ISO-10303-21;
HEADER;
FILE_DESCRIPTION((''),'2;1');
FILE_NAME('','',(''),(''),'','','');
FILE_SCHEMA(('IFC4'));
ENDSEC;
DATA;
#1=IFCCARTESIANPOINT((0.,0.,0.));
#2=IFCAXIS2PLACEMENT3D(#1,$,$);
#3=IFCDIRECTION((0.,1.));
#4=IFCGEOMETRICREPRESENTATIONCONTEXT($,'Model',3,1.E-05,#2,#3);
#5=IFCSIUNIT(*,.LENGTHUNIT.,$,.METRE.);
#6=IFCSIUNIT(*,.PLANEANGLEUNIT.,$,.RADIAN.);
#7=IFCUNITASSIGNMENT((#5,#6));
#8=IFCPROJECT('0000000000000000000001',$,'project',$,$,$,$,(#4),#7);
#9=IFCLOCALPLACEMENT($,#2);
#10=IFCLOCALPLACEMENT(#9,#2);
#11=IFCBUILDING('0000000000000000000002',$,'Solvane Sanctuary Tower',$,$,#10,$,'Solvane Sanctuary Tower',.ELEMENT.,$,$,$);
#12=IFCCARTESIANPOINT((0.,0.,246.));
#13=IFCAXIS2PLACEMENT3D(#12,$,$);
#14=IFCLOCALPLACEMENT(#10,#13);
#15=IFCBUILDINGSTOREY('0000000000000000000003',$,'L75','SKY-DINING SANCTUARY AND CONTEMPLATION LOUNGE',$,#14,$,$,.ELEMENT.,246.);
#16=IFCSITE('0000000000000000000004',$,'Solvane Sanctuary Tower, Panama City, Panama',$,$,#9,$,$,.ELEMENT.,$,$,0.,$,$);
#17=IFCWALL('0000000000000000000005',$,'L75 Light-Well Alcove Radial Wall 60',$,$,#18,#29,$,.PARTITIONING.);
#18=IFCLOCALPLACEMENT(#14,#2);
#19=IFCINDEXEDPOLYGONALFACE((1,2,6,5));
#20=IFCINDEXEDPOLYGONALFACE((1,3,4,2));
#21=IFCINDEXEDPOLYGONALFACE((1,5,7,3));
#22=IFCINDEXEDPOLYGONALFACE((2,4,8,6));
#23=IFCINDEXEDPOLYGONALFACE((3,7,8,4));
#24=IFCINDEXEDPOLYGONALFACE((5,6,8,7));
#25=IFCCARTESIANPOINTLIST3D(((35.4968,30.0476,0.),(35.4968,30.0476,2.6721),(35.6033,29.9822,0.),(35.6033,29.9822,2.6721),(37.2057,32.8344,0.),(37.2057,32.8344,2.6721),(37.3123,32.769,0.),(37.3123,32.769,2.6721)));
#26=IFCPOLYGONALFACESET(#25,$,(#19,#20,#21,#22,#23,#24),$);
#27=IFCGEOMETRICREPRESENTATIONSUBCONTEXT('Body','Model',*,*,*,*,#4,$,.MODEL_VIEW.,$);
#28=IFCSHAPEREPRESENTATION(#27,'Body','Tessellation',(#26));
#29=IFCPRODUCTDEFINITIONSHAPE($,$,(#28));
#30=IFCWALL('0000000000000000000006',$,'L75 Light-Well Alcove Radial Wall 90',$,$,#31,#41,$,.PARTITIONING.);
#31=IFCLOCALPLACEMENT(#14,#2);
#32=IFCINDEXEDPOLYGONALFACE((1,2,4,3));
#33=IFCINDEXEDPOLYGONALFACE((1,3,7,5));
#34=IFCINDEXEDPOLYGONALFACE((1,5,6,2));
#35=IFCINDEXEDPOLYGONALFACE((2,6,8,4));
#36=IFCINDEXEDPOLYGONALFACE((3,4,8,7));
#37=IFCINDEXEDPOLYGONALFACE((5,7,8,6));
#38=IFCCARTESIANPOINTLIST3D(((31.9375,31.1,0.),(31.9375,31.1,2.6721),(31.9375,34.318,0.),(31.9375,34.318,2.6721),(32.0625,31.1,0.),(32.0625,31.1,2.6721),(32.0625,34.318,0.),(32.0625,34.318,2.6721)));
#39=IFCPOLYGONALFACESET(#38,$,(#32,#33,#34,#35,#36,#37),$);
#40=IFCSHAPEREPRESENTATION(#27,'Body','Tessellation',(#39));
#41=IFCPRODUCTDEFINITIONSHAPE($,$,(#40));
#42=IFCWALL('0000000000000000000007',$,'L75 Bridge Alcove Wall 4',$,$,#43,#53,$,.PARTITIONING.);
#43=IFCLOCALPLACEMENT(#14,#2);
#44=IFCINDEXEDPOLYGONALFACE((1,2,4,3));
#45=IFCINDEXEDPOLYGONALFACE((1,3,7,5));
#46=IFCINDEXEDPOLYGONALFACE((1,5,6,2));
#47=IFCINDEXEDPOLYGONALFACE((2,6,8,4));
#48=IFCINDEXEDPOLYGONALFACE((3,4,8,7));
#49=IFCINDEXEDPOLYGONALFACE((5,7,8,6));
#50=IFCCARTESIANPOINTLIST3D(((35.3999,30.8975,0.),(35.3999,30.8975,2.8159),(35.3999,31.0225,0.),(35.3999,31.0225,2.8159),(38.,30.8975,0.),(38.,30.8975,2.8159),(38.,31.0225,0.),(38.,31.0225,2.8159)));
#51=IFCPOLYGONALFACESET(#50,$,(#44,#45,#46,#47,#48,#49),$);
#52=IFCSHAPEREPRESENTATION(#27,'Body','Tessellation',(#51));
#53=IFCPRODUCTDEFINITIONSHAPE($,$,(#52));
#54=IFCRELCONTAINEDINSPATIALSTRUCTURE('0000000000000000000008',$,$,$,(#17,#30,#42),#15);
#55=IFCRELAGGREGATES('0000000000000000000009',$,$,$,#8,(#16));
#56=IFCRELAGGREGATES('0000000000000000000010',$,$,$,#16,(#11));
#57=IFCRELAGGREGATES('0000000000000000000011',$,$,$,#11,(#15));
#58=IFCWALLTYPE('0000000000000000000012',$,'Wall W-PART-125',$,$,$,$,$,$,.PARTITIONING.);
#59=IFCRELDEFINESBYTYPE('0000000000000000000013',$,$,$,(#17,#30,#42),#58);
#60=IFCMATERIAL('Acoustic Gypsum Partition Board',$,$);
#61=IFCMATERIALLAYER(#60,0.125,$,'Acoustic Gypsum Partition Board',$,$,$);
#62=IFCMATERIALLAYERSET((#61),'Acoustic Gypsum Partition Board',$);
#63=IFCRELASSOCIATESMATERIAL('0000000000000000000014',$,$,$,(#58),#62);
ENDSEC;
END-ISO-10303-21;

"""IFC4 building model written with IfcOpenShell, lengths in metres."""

from ifc_helpers import new_model, si_unit, direction, frame, frame_2d, origin, place, context, subcontext, project, spatial, rectangle, extrude, material, layer, layer_set, type_object, element, save


model = new_model("IFC4")

# Units and contexts
model_context = context("Model", 3, precision=1e-05, world=origin(), true_north=direction((0.0, 1.0)))
body_context = subcontext(model_context, "Body", "Model", "MODEL_VIEW")
ifc_project = project(units=[si_unit("LENGTHUNIT", "METRE"), si_unit("PLANEANGLEUNIT", "RADIAN")], contexts=[model_context])

# Site, building, storey
site_placement = place(None, origin())
site = spatial("IfcSite", under=ifc_project, at=site_placement, Name="Solvane Sanctuary Tower, Panama City, Panama", CompositionType="ELEMENT", RefElevation=0.0)
building_placement = place(site_placement, origin())
building = spatial("IfcBuilding", under=site, at=building_placement, Name="Solvane Sanctuary Tower", LongName="Solvane Sanctuary Tower", CompositionType="ELEMENT")
storey_placement = place(building_placement, frame((0.0, 0.0, 246.0)))
storey = spatial("IfcBuildingStorey", under=building, at=storey_placement, Name="L75", Description="SKY-DINING SANCTUARY AND CONTEMPLATION LOUNGE", CompositionType="ELEMENT", Elevation=246.0)

# Shared definitions
ifc_material_1 = material(Name="Acoustic Gypsum Partition Board")

# Walls
ifc_layer_1 = layer(ifc_material_1, 0.125, Name="Acoustic Gypsum Partition Board")
ifc_layer_set_1 = layer_set([ifc_layer_1], Name="Acoustic Gypsum Partition Board")
wall_type_1 = type_object("IfcWallType", Name="Wall W-PART-125", PredefinedType="PARTITIONING", material=ifc_layer_set_1)
wall_1_placement = place(storey_placement, frame((35.55, 30.0149, 0.0), z_axis=(0.0, 0.0, 1.0), x_axis=(0.522763, 0.852478, 0.0)))
element("IfcWall", 1, at=wall_1_placement, inside=storey, type_object=wall_type_1, Name="L75 Light-Well Alcove Radial Wall 60", PredefinedType="PARTITIONING", context=body_context, shape_type="SweptSolid", body=[
    extrude(rectangle(XDim=3.269, YDim=0.125, at=frame_2d((1.6345, 0.0))), origin(), (0.0, 0.0, 1.0), 2.6721),
])
wall_2_placement = place(storey_placement, frame((32.0, 31.1001, 0.0), z_axis=(0.0, 0.0, 1.0), x_axis=(0.0, 1.0, 0.0)))
element("IfcWall", 2, at=wall_2_placement, inside=storey, type_object=wall_type_1, Name="L75 Light-Well Alcove Radial Wall 90", PredefinedType="PARTITIONING", context=body_context, shape_type="SweptSolid", body=[
    extrude(rectangle(XDim=3.218, YDim=0.125, at=frame_2d((1.6089, 0.0))), origin(), (0.0, 0.0, 1.0), 2.6721),
])
wall_3_placement = place(storey_placement, frame((35.3999, 30.96, 0.0), z_axis=(0.0, 0.0, 1.0), x_axis=(1.0, 0.0, 0.0)))
element("IfcWall", 3, at=wall_3_placement, inside=storey, type_object=wall_type_1, Name="L75 Bridge Alcove Wall 4", PredefinedType="PARTITIONING", context=body_context, shape_type="SweptSolid", body=[
    extrude(rectangle(XDim=2.6001, YDim=0.125, at=frame_2d((1.3, 0.0))), origin(), (0.0, 0.0, 1.0), 2.8159),
])

save(model, "model.ifc")
